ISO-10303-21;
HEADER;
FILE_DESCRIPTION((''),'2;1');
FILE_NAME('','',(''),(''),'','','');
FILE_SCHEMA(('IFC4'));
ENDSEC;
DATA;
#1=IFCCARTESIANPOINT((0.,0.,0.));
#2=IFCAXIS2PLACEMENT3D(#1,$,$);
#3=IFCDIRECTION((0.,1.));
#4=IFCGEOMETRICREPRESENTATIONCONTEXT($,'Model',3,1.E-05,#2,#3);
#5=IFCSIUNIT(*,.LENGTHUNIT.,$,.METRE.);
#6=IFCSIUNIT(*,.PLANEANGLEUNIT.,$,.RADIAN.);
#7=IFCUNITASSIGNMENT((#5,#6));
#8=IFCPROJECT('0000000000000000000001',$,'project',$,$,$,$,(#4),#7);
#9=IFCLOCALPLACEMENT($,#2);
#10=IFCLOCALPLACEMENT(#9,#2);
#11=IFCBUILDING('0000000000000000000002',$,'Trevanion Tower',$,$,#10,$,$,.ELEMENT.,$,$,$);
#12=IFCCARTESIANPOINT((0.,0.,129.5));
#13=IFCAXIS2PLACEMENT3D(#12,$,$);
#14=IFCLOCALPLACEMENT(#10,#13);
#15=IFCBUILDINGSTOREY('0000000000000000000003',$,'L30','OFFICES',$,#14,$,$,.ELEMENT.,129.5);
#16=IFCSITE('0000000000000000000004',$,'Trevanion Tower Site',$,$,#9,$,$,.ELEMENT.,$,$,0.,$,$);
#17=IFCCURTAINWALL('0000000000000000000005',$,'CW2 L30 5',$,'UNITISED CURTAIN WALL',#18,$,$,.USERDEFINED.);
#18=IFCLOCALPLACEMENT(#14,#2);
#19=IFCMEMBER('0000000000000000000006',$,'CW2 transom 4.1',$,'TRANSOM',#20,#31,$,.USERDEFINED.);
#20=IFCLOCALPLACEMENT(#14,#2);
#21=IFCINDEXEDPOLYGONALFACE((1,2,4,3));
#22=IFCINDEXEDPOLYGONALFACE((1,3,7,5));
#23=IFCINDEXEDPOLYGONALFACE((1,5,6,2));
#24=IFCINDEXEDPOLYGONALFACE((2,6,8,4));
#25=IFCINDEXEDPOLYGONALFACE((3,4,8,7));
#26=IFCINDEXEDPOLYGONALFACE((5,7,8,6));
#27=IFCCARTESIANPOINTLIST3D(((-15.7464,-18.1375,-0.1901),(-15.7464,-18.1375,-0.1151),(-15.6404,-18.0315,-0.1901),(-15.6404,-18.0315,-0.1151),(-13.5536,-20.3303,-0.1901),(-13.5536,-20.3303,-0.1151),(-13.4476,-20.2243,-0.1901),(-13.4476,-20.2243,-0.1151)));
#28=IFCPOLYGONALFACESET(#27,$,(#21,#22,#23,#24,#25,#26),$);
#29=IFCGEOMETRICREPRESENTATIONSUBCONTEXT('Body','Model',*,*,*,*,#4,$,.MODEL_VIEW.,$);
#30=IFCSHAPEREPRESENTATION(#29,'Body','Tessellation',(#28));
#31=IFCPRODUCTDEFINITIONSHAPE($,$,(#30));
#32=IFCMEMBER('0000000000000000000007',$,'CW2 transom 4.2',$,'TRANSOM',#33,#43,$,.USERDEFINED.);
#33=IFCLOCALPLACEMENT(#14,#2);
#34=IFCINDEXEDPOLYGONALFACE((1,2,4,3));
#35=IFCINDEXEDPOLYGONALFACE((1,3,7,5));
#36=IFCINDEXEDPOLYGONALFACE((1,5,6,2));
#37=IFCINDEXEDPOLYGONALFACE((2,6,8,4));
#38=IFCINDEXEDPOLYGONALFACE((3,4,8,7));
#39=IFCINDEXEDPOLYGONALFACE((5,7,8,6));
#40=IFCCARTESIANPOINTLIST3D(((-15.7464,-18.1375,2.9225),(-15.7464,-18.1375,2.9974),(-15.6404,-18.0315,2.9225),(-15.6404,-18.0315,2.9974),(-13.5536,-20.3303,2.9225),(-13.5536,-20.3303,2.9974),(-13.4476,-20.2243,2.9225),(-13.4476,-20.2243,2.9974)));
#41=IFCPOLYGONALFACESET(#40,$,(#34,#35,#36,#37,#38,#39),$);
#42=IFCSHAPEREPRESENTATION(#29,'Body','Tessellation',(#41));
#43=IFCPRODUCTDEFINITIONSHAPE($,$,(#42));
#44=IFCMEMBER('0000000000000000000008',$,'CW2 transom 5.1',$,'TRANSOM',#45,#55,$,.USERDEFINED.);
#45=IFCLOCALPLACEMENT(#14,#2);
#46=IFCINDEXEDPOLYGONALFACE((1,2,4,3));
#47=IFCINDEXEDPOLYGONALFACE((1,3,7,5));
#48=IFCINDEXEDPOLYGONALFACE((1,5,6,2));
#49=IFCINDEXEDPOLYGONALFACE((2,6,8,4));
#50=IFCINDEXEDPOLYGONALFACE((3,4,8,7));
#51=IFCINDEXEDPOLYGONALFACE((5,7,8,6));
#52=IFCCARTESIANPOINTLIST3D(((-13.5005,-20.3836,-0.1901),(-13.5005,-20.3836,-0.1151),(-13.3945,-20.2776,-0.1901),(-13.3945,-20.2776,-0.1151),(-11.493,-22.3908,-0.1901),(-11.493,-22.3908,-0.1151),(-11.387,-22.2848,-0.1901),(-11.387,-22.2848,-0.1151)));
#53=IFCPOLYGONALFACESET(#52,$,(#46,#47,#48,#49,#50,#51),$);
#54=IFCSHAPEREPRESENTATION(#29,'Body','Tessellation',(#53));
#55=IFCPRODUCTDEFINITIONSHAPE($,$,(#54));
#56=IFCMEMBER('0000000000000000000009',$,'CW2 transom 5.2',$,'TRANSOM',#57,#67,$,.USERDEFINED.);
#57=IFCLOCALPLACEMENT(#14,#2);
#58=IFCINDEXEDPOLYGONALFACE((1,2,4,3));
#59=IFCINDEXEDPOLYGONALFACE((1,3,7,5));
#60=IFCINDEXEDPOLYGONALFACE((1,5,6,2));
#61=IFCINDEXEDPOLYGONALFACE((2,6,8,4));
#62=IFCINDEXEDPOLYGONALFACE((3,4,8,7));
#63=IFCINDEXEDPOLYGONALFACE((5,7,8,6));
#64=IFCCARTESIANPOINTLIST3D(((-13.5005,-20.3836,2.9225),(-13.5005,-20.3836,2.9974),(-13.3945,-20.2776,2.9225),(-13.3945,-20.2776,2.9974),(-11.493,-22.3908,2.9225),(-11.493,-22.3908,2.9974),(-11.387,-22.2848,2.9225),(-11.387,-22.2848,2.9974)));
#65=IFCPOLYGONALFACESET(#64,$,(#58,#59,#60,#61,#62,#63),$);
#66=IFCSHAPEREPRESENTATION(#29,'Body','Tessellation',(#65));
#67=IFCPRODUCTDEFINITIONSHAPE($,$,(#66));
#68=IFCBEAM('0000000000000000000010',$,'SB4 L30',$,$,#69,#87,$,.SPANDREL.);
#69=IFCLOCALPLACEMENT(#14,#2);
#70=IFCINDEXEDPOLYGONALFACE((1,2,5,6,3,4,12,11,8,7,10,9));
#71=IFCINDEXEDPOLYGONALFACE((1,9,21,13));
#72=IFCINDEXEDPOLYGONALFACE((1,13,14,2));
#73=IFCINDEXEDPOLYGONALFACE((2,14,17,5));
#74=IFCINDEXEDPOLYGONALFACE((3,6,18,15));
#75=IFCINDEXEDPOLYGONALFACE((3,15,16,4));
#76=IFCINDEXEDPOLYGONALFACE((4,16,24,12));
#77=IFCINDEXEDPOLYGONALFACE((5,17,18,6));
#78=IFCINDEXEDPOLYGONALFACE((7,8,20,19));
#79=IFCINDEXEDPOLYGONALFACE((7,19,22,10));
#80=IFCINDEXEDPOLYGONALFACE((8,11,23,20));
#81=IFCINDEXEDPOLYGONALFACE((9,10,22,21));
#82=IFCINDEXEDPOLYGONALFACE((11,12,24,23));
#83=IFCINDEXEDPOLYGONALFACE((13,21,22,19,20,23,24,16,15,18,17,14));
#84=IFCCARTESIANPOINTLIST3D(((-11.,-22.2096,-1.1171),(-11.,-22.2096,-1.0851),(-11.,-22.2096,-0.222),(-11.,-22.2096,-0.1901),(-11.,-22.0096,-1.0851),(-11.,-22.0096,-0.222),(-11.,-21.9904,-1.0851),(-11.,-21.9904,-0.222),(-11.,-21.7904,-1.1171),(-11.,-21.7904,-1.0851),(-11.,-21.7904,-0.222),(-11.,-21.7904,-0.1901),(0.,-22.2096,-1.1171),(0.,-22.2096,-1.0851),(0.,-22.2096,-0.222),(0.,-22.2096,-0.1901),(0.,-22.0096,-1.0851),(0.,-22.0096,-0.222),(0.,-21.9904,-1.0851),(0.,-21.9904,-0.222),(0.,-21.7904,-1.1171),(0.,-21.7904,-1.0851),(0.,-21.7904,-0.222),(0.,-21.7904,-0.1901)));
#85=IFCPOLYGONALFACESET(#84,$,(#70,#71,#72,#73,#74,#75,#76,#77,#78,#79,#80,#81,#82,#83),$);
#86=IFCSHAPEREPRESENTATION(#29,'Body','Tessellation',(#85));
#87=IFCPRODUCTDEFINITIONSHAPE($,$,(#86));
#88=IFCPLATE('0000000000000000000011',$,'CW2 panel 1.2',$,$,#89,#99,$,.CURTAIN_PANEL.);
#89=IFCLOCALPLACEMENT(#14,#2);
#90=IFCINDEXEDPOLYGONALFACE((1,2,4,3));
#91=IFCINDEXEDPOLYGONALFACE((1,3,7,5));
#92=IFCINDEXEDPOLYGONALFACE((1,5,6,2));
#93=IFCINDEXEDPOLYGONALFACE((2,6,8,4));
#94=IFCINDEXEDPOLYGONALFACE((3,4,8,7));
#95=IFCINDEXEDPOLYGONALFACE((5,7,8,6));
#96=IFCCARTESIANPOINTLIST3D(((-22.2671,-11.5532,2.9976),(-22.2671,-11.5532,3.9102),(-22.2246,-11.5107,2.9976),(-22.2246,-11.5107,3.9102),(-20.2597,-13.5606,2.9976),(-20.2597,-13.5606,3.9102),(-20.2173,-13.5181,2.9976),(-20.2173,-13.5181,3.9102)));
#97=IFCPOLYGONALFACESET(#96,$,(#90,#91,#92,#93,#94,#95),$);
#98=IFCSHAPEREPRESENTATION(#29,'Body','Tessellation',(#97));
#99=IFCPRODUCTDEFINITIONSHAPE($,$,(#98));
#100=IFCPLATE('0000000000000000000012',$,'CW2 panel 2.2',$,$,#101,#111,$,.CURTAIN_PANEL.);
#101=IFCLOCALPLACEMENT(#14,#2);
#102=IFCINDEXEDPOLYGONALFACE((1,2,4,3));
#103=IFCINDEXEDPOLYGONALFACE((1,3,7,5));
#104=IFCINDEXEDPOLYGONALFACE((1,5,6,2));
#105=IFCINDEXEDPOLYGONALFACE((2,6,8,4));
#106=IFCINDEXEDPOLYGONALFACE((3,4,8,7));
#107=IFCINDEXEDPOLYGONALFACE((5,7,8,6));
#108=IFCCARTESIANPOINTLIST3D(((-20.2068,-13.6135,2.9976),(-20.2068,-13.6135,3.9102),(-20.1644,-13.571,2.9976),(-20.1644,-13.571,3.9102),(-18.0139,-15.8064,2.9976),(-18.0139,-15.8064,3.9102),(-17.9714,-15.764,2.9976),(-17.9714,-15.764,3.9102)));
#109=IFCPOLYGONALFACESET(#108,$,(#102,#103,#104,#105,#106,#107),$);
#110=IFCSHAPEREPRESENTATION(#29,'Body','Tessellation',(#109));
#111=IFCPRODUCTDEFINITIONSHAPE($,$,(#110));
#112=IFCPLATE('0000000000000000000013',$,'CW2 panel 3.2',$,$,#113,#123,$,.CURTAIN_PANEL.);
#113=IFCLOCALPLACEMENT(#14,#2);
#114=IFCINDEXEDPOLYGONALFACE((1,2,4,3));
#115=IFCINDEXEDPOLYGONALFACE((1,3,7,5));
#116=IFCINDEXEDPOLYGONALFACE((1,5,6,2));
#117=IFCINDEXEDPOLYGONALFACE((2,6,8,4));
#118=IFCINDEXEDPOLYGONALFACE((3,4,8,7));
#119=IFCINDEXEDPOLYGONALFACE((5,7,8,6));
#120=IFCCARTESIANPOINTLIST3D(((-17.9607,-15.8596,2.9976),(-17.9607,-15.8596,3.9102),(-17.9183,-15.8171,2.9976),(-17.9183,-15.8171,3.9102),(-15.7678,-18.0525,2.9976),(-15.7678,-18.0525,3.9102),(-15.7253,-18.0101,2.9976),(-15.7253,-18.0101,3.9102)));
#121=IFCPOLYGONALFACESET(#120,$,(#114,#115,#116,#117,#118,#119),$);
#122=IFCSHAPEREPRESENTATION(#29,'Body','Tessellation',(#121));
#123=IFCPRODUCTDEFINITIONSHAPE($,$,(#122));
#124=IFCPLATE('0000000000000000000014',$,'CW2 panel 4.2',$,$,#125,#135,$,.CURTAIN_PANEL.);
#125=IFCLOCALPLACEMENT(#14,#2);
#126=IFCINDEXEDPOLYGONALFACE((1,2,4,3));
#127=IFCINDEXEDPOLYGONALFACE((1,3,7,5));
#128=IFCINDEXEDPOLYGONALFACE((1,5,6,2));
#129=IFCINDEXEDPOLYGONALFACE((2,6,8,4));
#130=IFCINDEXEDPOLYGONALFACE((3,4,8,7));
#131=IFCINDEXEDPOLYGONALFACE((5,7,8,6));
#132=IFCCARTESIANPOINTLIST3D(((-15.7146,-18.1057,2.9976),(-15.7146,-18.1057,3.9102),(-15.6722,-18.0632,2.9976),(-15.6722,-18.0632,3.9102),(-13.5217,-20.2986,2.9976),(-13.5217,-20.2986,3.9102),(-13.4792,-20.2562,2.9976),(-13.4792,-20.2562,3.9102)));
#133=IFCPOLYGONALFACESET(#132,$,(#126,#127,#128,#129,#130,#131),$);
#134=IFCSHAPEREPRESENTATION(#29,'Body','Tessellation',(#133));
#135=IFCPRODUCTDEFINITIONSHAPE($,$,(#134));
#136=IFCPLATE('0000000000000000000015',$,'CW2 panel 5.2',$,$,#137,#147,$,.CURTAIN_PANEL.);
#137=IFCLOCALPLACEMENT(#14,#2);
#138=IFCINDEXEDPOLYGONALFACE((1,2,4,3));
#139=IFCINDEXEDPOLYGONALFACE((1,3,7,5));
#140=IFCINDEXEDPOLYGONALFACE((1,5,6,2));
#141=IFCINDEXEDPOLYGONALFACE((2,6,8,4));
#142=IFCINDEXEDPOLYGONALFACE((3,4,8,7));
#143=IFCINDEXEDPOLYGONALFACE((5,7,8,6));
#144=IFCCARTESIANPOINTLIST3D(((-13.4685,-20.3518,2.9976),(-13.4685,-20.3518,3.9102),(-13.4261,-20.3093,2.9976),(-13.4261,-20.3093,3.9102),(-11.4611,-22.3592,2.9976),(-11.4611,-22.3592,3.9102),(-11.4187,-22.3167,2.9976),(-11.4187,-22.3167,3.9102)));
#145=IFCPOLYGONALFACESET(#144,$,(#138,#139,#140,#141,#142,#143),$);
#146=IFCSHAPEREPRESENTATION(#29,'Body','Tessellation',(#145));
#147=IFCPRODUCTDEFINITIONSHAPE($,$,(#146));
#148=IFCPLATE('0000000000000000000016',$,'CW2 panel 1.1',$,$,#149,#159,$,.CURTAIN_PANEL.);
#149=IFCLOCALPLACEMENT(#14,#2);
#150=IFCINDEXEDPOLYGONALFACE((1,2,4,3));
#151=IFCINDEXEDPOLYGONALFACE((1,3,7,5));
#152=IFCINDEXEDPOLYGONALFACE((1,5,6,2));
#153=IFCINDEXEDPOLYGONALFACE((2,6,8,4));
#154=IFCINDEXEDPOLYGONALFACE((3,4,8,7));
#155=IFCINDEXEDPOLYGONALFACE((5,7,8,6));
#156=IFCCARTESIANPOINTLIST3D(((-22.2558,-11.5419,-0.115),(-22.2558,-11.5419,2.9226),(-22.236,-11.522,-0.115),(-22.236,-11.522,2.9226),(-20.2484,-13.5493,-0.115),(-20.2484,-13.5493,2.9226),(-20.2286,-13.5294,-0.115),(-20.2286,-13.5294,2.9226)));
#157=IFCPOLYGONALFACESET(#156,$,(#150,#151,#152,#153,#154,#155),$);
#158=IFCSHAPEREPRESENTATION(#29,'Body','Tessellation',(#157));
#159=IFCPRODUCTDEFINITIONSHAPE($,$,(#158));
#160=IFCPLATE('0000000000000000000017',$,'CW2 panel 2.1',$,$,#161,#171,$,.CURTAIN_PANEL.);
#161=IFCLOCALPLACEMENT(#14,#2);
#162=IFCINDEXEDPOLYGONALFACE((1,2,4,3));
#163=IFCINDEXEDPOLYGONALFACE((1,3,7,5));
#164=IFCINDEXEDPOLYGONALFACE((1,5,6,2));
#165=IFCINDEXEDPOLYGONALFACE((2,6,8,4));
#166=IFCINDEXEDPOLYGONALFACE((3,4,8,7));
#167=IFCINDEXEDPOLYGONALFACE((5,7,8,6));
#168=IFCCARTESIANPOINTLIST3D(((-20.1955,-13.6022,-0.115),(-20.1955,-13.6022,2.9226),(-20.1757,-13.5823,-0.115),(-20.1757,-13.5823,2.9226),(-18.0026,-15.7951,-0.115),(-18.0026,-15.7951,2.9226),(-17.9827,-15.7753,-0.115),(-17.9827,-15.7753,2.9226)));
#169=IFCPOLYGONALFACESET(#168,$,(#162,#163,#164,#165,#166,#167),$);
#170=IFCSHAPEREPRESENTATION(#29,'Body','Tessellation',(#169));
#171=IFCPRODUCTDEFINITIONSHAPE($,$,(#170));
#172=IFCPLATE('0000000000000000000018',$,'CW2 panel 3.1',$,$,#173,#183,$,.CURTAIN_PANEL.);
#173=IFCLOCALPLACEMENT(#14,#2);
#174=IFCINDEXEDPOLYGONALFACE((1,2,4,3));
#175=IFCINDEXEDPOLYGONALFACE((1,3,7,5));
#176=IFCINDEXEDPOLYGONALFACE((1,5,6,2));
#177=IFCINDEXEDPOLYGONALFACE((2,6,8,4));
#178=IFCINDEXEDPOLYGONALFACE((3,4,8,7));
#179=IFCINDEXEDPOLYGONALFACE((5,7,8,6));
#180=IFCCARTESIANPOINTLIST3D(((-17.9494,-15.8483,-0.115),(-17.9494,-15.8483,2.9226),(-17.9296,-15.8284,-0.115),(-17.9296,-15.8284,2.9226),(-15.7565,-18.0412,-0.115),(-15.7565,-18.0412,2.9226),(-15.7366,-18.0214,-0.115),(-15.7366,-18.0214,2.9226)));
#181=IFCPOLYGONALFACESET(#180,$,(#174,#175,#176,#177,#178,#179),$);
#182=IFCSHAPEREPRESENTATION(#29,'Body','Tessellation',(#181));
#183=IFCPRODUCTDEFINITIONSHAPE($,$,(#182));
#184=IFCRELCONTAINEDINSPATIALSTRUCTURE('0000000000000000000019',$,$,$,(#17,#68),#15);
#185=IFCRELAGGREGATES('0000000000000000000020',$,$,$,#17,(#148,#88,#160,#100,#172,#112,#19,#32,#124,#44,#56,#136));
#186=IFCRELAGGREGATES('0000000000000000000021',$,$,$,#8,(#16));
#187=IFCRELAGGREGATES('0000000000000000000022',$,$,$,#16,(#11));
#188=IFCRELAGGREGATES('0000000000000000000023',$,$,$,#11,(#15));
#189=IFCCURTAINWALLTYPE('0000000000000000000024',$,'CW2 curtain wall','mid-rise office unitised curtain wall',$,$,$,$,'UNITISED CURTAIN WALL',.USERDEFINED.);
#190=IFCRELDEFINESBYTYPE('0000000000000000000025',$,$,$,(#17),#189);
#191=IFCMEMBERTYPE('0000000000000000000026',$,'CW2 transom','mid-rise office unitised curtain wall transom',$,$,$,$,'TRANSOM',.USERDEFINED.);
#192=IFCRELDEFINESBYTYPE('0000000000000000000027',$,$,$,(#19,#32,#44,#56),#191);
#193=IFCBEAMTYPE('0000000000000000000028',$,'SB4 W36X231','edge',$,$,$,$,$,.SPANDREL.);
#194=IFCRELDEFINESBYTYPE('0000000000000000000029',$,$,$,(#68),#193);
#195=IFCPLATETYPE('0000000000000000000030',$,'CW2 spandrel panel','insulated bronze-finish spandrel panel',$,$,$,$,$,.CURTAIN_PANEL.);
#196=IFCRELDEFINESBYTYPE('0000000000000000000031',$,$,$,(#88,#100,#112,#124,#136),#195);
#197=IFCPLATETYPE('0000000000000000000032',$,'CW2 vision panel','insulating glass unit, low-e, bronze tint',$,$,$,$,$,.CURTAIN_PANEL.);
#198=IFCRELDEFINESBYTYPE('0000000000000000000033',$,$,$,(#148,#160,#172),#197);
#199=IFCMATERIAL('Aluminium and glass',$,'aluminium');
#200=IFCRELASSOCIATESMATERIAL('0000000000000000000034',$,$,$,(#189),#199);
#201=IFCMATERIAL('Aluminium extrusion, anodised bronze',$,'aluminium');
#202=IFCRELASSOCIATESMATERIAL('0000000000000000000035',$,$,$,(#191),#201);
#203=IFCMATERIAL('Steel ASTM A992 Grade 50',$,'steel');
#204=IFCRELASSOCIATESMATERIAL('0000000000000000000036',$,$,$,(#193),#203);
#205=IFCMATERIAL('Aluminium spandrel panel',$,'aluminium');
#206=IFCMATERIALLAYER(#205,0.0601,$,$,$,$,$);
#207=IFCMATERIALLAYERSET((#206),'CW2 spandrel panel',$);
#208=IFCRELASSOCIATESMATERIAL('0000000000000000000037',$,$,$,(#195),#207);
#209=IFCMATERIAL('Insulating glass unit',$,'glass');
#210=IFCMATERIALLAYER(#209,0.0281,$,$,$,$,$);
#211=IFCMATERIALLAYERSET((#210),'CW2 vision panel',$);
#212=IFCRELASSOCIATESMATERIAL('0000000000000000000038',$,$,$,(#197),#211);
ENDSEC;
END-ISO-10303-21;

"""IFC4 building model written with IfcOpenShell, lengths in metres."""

from ifc_helpers import new_model, si_unit, direction, frame, origin, origin_2d, place, context, subcontext, project, spatial, rectangle, i_section, extrude, material, layer, layer_set, material_profile, profile_set, type_object, element, aggregate, save


model = new_model("IFC4")

# Units and contexts
model_context = context("Model", 3, precision=1e-05, world=origin(), true_north=direction((0.0, 1.0)))
body_context = subcontext(model_context, "Body", "Model", "MODEL_VIEW")
ifc_project = project(units=[si_unit("LENGTHUNIT", "METRE"), si_unit("PLANEANGLEUNIT", "RADIAN")], contexts=[model_context])

# Site, building, storey
site_placement = place(None, origin())
site = spatial("IfcSite", under=ifc_project, at=site_placement, Name="Trevanion Tower Site", CompositionType="ELEMENT", RefElevation=0.0)
building_placement = place(site_placement, origin())
building = spatial("IfcBuilding", under=site, at=building_placement, Name="Trevanion Tower", CompositionType="ELEMENT")
storey_placement = place(building_placement, frame((0.0, 0.0, 129.5)))
storey = spatial("IfcBuildingStorey", under=building, at=storey_placement, Name="L30", Description="OFFICES", CompositionType="ELEMENT", Elevation=129.5)

# Curtain wall, members
ifc_material_1 = material(Name="Aluminium and glass", Category="aluminium")
curtain_wall_type = type_object("IfcCurtainWallType", Name="CW2 curtain wall", Description="mid-rise office unitised curtain wall", ElementType="UNITISED CURTAIN WALL", PredefinedType="USERDEFINED", material=ifc_material_1)
curtain_wall_placement = place(storey_placement, origin())
curtain_wall = element("IfcCurtainWall", 1, at=curtain_wall_placement, inside=storey, type_object=curtain_wall_type, Name="CW2 L30 5", ObjectType="UNITISED CURTAIN WALL", PredefinedType="USERDEFINED")
ifc_material_2 = material(Name="Aluminium extrusion, anodised bronze", Category="aluminium")
ifc_material_profile_1 = material_profile(ifc_material_2, rectangle(XDim=0.1499, YDim=0.075, at=origin_2d()), Name="CW2 transom")
ifc_profile_set_1 = profile_set([ifc_material_profile_1], Name="Aluminium extrusion, anodised bronze")
member_type_1 = type_object("IfcMemberType", Name="CW2 transom", Description="mid-rise office unitised curtain wall transom", ElementType="TRANSOM", PredefinedType="USERDEFINED", material=ifc_profile_set_1)
member_1_placement = place(storey_placement, frame((-15.6934, -18.0845, -0.1526), z_axis=(0.707107, -0.707107, 0.0), x_axis=(0.707107, 0.707107, 0.0)))
member_1 = element("IfcMember", 2, at=member_1_placement, type_object=member_type_1, Name="CW2 transom 4.1", ObjectType="TRANSOM", PredefinedType="USERDEFINED", context=body_context, shape_type="SweptSolid", body=[
    extrude(rectangle(XDim=0.1499, YDim=0.075, at=origin_2d()), origin(), (0.0, 0.0, 1.0), 3.1011),
])
member_2_placement = place(storey_placement, frame((-15.6934, -18.0845, 2.96), z_axis=(0.707107, -0.707107, 0.0), x_axis=(0.707107, 0.707107, 0.0)))
member_2 = element("IfcMember", 3, at=member_2_placement, type_object=member_type_1, Name="CW2 transom 4.2", ObjectType="TRANSOM", PredefinedType="USERDEFINED", context=body_context, shape_type="SweptSolid", body=[
    extrude(rectangle(XDim=0.1499, YDim=0.075, at=origin_2d()), origin(), (0.0, 0.0, 1.0), 3.1011),
])
member_3_placement = place(storey_placement, frame((-13.4475, -20.3306, -0.1526), z_axis=(0.70715, -0.707064, 0.0), x_axis=(0.707064, 0.70715, 0.0)))
member_3 = element("IfcMember", 4, at=member_3_placement, type_object=member_type_1, Name="CW2 transom 5.1", ObjectType="TRANSOM", PredefinedType="USERDEFINED", context=body_context, shape_type="SweptSolid", body=[
    extrude(rectangle(XDim=0.1499, YDim=0.075, at=origin_2d()), origin(), (0.0, 0.0, 1.0), 2.8389),
])
member_4_placement = place(storey_placement, frame((-13.4475, -20.3306, 2.96), z_axis=(0.70715, -0.707064, 0.0), x_axis=(0.707064, 0.70715, 0.0)))
member_4 = element("IfcMember", 5, at=member_4_placement, type_object=member_type_1, Name="CW2 transom 5.2", ObjectType="TRANSOM", PredefinedType="USERDEFINED", context=body_context, shape_type="SweptSolid", body=[
    extrude(rectangle(XDim=0.1499, YDim=0.075, at=origin_2d()), origin(), (0.0, 0.0, 1.0), 2.8389),
])

# Beam
ifc_material_3 = material(Name="Steel ASTM A992 Grade 50", Category="steel")
ifc_material_profile_2 = material_profile(ifc_material_3, i_section(OverallWidth=0.4192, OverallDepth=0.927, WebThickness=0.0193, FlangeThickness=0.032, at=origin_2d()), Name="W36X231")
ifc_profile_set_2 = profile_set([ifc_material_profile_2], Name="Steel ASTM A992 Grade 50")
beam_type_1 = type_object("IfcBeamType", Name="SB4 W36X231", Description="edge", PredefinedType="SPANDREL", material=ifc_profile_set_2)
beam_1_placement = place(storey_placement, frame((-11.0, -22.0, -0.6536), z_axis=(1.0, 0.0, 0.0), x_axis=(0.0, 1.0, 0.0)))
element("IfcBeam", 6, at=beam_1_placement, inside=storey, type_object=beam_type_1, Name="SB4 L30", PredefinedType="SPANDREL", context=body_context, shape_type="SweptSolid", body=[
    extrude(i_section(OverallWidth=0.4192, OverallDepth=0.927, WebThickness=0.0193, FlangeThickness=0.032, at=origin_2d()), origin(), (0.0, 0.0, 1.0), 11.0),
])

# Plates
ifc_material_4 = material(Name="Aluminium spandrel panel", Category="aluminium")
ifc_layer_1 = layer(ifc_material_4, 0.0601)
ifc_layer_set_1 = layer_set([ifc_layer_1], Name="CW2 spandrel panel")
plate_type_1 = type_object("IfcPlateType", Name="CW2 spandrel panel", Description="insulated bronze-finish spandrel panel", PredefinedType="CURTAIN_PANEL", material=ifc_layer_set_1)
plate_1_placement = place(storey_placement, frame((-21.2422, -12.5356, 2.9976), z_axis=(0.0, 0.0, 1.0), x_axis=(0.707107, -0.707107, 0.0)))
plate_1 = element("IfcPlate", 7, at=plate_1_placement, type_object=plate_type_1, Name="CW2 panel 1.2", PredefinedType="CURTAIN_PANEL", context=body_context, shape_type="SweptSolid", body=[
    extrude(rectangle(XDim=2.8389, YDim=0.0601, at=origin_2d()), origin(), (0.0, 0.0, 1.0), 0.9126),
])
plate_2_placement = place(storey_placement, frame((-19.0891, -14.6887, 2.9976), z_axis=(0.0, 0.0, 1.0), x_axis=(0.707107, -0.707107, 0.0)))
plate_2 = element("IfcPlate", 8, at=plate_2_placement, type_object=plate_type_1, Name="CW2 panel 2.2", PredefinedType="CURTAIN_PANEL", context=body_context, shape_type="SweptSolid", body=[
    extrude(rectangle(XDim=3.1013, YDim=0.0601, at=origin_2d()), origin(), (0.0, 0.0, 1.0), 0.9126),
])
plate_3_placement = place(storey_placement, frame((-16.843, -16.9348, 2.9976), z_axis=(0.0, 0.0, 1.0), x_axis=(0.707107, -0.707107, 0.0)))
plate_3 = element("IfcPlate", 9, at=plate_3_placement, type_object=plate_type_1, Name="CW2 panel 3.2", PredefinedType="CURTAIN_PANEL", context=body_context, shape_type="SweptSolid", body=[
    extrude(rectangle(XDim=3.1013, YDim=0.0601, at=origin_2d()), origin(), (0.0, 0.0, 1.0), 0.9126),
])
plate_4_placement = place(storey_placement, frame((-14.5969, -19.1809, 2.9976), z_axis=(0.0, 0.0, 1.0), x_axis=(0.707107, -0.707107, 0.0)))
plate_4 = element("IfcPlate", 10, at=plate_4_placement, type_object=plate_type_1, Name="CW2 panel 4.2", PredefinedType="CURTAIN_PANEL", context=body_context, shape_type="SweptSolid", body=[
    extrude(rectangle(XDim=3.1013, YDim=0.0601, at=origin_2d()), origin(), (0.0, 0.0, 1.0), 0.9126),
])
plate_5_placement = place(storey_placement, frame((-12.4436, -21.3342, 2.9976), z_axis=(0.0, 0.0, 1.0), x_axis=(0.707107, -0.707107, 0.0)))
plate_5 = element("IfcPlate", 11, at=plate_5_placement, type_object=plate_type_1, Name="CW2 panel 5.2", PredefinedType="CURTAIN_PANEL", context=body_context, shape_type="SweptSolid", body=[
    extrude(rectangle(XDim=2.8389, YDim=0.0601, at=origin_2d()), origin(), (0.0, 0.0, 1.0), 0.9126),
])
ifc_material_5 = material(Name="Insulating glass unit", Category="glass")
ifc_layer_2 = layer(ifc_material_5, 0.0281)
ifc_layer_set_2 = layer_set([ifc_layer_2], Name="CW2 vision panel")
plate_type_2 = type_object("IfcPlateType", Name="CW2 vision panel", Description="insulating glass unit, low-e, bronze tint", PredefinedType="CURTAIN_PANEL", material=ifc_layer_set_2)
plate_6_placement = place(storey_placement, frame((-21.2422, -12.5356, -0.115), z_axis=(0.0, 0.0, 1.0), x_axis=(0.707107, -0.707107, 0.0)))
plate_6 = element("IfcPlate", 12, at=plate_6_placement, type_object=plate_type_2, Name="CW2 panel 1.1", PredefinedType="CURTAIN_PANEL", context=body_context, shape_type="SweptSolid", body=[
    extrude(rectangle(XDim=2.8389, YDim=0.0281, at=origin_2d()), origin(), (0.0, 0.0, 1.0), 3.0376),
])
plate_7_placement = place(storey_placement, frame((-19.0891, -14.6887, -0.115), z_axis=(0.0, 0.0, 1.0), x_axis=(0.707107, -0.707107, 0.0)))
plate_7 = element("IfcPlate", 13, at=plate_7_placement, type_object=plate_type_2, Name="CW2 panel 2.1", PredefinedType="CURTAIN_PANEL", context=body_context, shape_type="SweptSolid", body=[
    extrude(rectangle(XDim=3.1013, YDim=0.0281, at=origin_2d()), origin(), (0.0, 0.0, 1.0), 3.0376),
])
plate_8_placement = place(storey_placement, frame((-16.843, -16.9348, -0.115), z_axis=(0.0, 0.0, 1.0), x_axis=(0.707107, -0.707107, 0.0)))
plate_8 = element("IfcPlate", 14, at=plate_8_placement, type_object=plate_type_2, Name="CW2 panel 3.1", PredefinedType="CURTAIN_PANEL", context=body_context, shape_type="SweptSolid", body=[
    extrude(rectangle(XDim=3.1013, YDim=0.0281, at=origin_2d()), origin(), (0.0, 0.0, 1.0), 3.0376),
])
aggregate(curtain_wall, [plate_6, plate_1, plate_7, plate_2, plate_8, plate_3, member_1, member_2, plate_4, member_3, member_4, plate_5])

save(model, "model.ifc")
